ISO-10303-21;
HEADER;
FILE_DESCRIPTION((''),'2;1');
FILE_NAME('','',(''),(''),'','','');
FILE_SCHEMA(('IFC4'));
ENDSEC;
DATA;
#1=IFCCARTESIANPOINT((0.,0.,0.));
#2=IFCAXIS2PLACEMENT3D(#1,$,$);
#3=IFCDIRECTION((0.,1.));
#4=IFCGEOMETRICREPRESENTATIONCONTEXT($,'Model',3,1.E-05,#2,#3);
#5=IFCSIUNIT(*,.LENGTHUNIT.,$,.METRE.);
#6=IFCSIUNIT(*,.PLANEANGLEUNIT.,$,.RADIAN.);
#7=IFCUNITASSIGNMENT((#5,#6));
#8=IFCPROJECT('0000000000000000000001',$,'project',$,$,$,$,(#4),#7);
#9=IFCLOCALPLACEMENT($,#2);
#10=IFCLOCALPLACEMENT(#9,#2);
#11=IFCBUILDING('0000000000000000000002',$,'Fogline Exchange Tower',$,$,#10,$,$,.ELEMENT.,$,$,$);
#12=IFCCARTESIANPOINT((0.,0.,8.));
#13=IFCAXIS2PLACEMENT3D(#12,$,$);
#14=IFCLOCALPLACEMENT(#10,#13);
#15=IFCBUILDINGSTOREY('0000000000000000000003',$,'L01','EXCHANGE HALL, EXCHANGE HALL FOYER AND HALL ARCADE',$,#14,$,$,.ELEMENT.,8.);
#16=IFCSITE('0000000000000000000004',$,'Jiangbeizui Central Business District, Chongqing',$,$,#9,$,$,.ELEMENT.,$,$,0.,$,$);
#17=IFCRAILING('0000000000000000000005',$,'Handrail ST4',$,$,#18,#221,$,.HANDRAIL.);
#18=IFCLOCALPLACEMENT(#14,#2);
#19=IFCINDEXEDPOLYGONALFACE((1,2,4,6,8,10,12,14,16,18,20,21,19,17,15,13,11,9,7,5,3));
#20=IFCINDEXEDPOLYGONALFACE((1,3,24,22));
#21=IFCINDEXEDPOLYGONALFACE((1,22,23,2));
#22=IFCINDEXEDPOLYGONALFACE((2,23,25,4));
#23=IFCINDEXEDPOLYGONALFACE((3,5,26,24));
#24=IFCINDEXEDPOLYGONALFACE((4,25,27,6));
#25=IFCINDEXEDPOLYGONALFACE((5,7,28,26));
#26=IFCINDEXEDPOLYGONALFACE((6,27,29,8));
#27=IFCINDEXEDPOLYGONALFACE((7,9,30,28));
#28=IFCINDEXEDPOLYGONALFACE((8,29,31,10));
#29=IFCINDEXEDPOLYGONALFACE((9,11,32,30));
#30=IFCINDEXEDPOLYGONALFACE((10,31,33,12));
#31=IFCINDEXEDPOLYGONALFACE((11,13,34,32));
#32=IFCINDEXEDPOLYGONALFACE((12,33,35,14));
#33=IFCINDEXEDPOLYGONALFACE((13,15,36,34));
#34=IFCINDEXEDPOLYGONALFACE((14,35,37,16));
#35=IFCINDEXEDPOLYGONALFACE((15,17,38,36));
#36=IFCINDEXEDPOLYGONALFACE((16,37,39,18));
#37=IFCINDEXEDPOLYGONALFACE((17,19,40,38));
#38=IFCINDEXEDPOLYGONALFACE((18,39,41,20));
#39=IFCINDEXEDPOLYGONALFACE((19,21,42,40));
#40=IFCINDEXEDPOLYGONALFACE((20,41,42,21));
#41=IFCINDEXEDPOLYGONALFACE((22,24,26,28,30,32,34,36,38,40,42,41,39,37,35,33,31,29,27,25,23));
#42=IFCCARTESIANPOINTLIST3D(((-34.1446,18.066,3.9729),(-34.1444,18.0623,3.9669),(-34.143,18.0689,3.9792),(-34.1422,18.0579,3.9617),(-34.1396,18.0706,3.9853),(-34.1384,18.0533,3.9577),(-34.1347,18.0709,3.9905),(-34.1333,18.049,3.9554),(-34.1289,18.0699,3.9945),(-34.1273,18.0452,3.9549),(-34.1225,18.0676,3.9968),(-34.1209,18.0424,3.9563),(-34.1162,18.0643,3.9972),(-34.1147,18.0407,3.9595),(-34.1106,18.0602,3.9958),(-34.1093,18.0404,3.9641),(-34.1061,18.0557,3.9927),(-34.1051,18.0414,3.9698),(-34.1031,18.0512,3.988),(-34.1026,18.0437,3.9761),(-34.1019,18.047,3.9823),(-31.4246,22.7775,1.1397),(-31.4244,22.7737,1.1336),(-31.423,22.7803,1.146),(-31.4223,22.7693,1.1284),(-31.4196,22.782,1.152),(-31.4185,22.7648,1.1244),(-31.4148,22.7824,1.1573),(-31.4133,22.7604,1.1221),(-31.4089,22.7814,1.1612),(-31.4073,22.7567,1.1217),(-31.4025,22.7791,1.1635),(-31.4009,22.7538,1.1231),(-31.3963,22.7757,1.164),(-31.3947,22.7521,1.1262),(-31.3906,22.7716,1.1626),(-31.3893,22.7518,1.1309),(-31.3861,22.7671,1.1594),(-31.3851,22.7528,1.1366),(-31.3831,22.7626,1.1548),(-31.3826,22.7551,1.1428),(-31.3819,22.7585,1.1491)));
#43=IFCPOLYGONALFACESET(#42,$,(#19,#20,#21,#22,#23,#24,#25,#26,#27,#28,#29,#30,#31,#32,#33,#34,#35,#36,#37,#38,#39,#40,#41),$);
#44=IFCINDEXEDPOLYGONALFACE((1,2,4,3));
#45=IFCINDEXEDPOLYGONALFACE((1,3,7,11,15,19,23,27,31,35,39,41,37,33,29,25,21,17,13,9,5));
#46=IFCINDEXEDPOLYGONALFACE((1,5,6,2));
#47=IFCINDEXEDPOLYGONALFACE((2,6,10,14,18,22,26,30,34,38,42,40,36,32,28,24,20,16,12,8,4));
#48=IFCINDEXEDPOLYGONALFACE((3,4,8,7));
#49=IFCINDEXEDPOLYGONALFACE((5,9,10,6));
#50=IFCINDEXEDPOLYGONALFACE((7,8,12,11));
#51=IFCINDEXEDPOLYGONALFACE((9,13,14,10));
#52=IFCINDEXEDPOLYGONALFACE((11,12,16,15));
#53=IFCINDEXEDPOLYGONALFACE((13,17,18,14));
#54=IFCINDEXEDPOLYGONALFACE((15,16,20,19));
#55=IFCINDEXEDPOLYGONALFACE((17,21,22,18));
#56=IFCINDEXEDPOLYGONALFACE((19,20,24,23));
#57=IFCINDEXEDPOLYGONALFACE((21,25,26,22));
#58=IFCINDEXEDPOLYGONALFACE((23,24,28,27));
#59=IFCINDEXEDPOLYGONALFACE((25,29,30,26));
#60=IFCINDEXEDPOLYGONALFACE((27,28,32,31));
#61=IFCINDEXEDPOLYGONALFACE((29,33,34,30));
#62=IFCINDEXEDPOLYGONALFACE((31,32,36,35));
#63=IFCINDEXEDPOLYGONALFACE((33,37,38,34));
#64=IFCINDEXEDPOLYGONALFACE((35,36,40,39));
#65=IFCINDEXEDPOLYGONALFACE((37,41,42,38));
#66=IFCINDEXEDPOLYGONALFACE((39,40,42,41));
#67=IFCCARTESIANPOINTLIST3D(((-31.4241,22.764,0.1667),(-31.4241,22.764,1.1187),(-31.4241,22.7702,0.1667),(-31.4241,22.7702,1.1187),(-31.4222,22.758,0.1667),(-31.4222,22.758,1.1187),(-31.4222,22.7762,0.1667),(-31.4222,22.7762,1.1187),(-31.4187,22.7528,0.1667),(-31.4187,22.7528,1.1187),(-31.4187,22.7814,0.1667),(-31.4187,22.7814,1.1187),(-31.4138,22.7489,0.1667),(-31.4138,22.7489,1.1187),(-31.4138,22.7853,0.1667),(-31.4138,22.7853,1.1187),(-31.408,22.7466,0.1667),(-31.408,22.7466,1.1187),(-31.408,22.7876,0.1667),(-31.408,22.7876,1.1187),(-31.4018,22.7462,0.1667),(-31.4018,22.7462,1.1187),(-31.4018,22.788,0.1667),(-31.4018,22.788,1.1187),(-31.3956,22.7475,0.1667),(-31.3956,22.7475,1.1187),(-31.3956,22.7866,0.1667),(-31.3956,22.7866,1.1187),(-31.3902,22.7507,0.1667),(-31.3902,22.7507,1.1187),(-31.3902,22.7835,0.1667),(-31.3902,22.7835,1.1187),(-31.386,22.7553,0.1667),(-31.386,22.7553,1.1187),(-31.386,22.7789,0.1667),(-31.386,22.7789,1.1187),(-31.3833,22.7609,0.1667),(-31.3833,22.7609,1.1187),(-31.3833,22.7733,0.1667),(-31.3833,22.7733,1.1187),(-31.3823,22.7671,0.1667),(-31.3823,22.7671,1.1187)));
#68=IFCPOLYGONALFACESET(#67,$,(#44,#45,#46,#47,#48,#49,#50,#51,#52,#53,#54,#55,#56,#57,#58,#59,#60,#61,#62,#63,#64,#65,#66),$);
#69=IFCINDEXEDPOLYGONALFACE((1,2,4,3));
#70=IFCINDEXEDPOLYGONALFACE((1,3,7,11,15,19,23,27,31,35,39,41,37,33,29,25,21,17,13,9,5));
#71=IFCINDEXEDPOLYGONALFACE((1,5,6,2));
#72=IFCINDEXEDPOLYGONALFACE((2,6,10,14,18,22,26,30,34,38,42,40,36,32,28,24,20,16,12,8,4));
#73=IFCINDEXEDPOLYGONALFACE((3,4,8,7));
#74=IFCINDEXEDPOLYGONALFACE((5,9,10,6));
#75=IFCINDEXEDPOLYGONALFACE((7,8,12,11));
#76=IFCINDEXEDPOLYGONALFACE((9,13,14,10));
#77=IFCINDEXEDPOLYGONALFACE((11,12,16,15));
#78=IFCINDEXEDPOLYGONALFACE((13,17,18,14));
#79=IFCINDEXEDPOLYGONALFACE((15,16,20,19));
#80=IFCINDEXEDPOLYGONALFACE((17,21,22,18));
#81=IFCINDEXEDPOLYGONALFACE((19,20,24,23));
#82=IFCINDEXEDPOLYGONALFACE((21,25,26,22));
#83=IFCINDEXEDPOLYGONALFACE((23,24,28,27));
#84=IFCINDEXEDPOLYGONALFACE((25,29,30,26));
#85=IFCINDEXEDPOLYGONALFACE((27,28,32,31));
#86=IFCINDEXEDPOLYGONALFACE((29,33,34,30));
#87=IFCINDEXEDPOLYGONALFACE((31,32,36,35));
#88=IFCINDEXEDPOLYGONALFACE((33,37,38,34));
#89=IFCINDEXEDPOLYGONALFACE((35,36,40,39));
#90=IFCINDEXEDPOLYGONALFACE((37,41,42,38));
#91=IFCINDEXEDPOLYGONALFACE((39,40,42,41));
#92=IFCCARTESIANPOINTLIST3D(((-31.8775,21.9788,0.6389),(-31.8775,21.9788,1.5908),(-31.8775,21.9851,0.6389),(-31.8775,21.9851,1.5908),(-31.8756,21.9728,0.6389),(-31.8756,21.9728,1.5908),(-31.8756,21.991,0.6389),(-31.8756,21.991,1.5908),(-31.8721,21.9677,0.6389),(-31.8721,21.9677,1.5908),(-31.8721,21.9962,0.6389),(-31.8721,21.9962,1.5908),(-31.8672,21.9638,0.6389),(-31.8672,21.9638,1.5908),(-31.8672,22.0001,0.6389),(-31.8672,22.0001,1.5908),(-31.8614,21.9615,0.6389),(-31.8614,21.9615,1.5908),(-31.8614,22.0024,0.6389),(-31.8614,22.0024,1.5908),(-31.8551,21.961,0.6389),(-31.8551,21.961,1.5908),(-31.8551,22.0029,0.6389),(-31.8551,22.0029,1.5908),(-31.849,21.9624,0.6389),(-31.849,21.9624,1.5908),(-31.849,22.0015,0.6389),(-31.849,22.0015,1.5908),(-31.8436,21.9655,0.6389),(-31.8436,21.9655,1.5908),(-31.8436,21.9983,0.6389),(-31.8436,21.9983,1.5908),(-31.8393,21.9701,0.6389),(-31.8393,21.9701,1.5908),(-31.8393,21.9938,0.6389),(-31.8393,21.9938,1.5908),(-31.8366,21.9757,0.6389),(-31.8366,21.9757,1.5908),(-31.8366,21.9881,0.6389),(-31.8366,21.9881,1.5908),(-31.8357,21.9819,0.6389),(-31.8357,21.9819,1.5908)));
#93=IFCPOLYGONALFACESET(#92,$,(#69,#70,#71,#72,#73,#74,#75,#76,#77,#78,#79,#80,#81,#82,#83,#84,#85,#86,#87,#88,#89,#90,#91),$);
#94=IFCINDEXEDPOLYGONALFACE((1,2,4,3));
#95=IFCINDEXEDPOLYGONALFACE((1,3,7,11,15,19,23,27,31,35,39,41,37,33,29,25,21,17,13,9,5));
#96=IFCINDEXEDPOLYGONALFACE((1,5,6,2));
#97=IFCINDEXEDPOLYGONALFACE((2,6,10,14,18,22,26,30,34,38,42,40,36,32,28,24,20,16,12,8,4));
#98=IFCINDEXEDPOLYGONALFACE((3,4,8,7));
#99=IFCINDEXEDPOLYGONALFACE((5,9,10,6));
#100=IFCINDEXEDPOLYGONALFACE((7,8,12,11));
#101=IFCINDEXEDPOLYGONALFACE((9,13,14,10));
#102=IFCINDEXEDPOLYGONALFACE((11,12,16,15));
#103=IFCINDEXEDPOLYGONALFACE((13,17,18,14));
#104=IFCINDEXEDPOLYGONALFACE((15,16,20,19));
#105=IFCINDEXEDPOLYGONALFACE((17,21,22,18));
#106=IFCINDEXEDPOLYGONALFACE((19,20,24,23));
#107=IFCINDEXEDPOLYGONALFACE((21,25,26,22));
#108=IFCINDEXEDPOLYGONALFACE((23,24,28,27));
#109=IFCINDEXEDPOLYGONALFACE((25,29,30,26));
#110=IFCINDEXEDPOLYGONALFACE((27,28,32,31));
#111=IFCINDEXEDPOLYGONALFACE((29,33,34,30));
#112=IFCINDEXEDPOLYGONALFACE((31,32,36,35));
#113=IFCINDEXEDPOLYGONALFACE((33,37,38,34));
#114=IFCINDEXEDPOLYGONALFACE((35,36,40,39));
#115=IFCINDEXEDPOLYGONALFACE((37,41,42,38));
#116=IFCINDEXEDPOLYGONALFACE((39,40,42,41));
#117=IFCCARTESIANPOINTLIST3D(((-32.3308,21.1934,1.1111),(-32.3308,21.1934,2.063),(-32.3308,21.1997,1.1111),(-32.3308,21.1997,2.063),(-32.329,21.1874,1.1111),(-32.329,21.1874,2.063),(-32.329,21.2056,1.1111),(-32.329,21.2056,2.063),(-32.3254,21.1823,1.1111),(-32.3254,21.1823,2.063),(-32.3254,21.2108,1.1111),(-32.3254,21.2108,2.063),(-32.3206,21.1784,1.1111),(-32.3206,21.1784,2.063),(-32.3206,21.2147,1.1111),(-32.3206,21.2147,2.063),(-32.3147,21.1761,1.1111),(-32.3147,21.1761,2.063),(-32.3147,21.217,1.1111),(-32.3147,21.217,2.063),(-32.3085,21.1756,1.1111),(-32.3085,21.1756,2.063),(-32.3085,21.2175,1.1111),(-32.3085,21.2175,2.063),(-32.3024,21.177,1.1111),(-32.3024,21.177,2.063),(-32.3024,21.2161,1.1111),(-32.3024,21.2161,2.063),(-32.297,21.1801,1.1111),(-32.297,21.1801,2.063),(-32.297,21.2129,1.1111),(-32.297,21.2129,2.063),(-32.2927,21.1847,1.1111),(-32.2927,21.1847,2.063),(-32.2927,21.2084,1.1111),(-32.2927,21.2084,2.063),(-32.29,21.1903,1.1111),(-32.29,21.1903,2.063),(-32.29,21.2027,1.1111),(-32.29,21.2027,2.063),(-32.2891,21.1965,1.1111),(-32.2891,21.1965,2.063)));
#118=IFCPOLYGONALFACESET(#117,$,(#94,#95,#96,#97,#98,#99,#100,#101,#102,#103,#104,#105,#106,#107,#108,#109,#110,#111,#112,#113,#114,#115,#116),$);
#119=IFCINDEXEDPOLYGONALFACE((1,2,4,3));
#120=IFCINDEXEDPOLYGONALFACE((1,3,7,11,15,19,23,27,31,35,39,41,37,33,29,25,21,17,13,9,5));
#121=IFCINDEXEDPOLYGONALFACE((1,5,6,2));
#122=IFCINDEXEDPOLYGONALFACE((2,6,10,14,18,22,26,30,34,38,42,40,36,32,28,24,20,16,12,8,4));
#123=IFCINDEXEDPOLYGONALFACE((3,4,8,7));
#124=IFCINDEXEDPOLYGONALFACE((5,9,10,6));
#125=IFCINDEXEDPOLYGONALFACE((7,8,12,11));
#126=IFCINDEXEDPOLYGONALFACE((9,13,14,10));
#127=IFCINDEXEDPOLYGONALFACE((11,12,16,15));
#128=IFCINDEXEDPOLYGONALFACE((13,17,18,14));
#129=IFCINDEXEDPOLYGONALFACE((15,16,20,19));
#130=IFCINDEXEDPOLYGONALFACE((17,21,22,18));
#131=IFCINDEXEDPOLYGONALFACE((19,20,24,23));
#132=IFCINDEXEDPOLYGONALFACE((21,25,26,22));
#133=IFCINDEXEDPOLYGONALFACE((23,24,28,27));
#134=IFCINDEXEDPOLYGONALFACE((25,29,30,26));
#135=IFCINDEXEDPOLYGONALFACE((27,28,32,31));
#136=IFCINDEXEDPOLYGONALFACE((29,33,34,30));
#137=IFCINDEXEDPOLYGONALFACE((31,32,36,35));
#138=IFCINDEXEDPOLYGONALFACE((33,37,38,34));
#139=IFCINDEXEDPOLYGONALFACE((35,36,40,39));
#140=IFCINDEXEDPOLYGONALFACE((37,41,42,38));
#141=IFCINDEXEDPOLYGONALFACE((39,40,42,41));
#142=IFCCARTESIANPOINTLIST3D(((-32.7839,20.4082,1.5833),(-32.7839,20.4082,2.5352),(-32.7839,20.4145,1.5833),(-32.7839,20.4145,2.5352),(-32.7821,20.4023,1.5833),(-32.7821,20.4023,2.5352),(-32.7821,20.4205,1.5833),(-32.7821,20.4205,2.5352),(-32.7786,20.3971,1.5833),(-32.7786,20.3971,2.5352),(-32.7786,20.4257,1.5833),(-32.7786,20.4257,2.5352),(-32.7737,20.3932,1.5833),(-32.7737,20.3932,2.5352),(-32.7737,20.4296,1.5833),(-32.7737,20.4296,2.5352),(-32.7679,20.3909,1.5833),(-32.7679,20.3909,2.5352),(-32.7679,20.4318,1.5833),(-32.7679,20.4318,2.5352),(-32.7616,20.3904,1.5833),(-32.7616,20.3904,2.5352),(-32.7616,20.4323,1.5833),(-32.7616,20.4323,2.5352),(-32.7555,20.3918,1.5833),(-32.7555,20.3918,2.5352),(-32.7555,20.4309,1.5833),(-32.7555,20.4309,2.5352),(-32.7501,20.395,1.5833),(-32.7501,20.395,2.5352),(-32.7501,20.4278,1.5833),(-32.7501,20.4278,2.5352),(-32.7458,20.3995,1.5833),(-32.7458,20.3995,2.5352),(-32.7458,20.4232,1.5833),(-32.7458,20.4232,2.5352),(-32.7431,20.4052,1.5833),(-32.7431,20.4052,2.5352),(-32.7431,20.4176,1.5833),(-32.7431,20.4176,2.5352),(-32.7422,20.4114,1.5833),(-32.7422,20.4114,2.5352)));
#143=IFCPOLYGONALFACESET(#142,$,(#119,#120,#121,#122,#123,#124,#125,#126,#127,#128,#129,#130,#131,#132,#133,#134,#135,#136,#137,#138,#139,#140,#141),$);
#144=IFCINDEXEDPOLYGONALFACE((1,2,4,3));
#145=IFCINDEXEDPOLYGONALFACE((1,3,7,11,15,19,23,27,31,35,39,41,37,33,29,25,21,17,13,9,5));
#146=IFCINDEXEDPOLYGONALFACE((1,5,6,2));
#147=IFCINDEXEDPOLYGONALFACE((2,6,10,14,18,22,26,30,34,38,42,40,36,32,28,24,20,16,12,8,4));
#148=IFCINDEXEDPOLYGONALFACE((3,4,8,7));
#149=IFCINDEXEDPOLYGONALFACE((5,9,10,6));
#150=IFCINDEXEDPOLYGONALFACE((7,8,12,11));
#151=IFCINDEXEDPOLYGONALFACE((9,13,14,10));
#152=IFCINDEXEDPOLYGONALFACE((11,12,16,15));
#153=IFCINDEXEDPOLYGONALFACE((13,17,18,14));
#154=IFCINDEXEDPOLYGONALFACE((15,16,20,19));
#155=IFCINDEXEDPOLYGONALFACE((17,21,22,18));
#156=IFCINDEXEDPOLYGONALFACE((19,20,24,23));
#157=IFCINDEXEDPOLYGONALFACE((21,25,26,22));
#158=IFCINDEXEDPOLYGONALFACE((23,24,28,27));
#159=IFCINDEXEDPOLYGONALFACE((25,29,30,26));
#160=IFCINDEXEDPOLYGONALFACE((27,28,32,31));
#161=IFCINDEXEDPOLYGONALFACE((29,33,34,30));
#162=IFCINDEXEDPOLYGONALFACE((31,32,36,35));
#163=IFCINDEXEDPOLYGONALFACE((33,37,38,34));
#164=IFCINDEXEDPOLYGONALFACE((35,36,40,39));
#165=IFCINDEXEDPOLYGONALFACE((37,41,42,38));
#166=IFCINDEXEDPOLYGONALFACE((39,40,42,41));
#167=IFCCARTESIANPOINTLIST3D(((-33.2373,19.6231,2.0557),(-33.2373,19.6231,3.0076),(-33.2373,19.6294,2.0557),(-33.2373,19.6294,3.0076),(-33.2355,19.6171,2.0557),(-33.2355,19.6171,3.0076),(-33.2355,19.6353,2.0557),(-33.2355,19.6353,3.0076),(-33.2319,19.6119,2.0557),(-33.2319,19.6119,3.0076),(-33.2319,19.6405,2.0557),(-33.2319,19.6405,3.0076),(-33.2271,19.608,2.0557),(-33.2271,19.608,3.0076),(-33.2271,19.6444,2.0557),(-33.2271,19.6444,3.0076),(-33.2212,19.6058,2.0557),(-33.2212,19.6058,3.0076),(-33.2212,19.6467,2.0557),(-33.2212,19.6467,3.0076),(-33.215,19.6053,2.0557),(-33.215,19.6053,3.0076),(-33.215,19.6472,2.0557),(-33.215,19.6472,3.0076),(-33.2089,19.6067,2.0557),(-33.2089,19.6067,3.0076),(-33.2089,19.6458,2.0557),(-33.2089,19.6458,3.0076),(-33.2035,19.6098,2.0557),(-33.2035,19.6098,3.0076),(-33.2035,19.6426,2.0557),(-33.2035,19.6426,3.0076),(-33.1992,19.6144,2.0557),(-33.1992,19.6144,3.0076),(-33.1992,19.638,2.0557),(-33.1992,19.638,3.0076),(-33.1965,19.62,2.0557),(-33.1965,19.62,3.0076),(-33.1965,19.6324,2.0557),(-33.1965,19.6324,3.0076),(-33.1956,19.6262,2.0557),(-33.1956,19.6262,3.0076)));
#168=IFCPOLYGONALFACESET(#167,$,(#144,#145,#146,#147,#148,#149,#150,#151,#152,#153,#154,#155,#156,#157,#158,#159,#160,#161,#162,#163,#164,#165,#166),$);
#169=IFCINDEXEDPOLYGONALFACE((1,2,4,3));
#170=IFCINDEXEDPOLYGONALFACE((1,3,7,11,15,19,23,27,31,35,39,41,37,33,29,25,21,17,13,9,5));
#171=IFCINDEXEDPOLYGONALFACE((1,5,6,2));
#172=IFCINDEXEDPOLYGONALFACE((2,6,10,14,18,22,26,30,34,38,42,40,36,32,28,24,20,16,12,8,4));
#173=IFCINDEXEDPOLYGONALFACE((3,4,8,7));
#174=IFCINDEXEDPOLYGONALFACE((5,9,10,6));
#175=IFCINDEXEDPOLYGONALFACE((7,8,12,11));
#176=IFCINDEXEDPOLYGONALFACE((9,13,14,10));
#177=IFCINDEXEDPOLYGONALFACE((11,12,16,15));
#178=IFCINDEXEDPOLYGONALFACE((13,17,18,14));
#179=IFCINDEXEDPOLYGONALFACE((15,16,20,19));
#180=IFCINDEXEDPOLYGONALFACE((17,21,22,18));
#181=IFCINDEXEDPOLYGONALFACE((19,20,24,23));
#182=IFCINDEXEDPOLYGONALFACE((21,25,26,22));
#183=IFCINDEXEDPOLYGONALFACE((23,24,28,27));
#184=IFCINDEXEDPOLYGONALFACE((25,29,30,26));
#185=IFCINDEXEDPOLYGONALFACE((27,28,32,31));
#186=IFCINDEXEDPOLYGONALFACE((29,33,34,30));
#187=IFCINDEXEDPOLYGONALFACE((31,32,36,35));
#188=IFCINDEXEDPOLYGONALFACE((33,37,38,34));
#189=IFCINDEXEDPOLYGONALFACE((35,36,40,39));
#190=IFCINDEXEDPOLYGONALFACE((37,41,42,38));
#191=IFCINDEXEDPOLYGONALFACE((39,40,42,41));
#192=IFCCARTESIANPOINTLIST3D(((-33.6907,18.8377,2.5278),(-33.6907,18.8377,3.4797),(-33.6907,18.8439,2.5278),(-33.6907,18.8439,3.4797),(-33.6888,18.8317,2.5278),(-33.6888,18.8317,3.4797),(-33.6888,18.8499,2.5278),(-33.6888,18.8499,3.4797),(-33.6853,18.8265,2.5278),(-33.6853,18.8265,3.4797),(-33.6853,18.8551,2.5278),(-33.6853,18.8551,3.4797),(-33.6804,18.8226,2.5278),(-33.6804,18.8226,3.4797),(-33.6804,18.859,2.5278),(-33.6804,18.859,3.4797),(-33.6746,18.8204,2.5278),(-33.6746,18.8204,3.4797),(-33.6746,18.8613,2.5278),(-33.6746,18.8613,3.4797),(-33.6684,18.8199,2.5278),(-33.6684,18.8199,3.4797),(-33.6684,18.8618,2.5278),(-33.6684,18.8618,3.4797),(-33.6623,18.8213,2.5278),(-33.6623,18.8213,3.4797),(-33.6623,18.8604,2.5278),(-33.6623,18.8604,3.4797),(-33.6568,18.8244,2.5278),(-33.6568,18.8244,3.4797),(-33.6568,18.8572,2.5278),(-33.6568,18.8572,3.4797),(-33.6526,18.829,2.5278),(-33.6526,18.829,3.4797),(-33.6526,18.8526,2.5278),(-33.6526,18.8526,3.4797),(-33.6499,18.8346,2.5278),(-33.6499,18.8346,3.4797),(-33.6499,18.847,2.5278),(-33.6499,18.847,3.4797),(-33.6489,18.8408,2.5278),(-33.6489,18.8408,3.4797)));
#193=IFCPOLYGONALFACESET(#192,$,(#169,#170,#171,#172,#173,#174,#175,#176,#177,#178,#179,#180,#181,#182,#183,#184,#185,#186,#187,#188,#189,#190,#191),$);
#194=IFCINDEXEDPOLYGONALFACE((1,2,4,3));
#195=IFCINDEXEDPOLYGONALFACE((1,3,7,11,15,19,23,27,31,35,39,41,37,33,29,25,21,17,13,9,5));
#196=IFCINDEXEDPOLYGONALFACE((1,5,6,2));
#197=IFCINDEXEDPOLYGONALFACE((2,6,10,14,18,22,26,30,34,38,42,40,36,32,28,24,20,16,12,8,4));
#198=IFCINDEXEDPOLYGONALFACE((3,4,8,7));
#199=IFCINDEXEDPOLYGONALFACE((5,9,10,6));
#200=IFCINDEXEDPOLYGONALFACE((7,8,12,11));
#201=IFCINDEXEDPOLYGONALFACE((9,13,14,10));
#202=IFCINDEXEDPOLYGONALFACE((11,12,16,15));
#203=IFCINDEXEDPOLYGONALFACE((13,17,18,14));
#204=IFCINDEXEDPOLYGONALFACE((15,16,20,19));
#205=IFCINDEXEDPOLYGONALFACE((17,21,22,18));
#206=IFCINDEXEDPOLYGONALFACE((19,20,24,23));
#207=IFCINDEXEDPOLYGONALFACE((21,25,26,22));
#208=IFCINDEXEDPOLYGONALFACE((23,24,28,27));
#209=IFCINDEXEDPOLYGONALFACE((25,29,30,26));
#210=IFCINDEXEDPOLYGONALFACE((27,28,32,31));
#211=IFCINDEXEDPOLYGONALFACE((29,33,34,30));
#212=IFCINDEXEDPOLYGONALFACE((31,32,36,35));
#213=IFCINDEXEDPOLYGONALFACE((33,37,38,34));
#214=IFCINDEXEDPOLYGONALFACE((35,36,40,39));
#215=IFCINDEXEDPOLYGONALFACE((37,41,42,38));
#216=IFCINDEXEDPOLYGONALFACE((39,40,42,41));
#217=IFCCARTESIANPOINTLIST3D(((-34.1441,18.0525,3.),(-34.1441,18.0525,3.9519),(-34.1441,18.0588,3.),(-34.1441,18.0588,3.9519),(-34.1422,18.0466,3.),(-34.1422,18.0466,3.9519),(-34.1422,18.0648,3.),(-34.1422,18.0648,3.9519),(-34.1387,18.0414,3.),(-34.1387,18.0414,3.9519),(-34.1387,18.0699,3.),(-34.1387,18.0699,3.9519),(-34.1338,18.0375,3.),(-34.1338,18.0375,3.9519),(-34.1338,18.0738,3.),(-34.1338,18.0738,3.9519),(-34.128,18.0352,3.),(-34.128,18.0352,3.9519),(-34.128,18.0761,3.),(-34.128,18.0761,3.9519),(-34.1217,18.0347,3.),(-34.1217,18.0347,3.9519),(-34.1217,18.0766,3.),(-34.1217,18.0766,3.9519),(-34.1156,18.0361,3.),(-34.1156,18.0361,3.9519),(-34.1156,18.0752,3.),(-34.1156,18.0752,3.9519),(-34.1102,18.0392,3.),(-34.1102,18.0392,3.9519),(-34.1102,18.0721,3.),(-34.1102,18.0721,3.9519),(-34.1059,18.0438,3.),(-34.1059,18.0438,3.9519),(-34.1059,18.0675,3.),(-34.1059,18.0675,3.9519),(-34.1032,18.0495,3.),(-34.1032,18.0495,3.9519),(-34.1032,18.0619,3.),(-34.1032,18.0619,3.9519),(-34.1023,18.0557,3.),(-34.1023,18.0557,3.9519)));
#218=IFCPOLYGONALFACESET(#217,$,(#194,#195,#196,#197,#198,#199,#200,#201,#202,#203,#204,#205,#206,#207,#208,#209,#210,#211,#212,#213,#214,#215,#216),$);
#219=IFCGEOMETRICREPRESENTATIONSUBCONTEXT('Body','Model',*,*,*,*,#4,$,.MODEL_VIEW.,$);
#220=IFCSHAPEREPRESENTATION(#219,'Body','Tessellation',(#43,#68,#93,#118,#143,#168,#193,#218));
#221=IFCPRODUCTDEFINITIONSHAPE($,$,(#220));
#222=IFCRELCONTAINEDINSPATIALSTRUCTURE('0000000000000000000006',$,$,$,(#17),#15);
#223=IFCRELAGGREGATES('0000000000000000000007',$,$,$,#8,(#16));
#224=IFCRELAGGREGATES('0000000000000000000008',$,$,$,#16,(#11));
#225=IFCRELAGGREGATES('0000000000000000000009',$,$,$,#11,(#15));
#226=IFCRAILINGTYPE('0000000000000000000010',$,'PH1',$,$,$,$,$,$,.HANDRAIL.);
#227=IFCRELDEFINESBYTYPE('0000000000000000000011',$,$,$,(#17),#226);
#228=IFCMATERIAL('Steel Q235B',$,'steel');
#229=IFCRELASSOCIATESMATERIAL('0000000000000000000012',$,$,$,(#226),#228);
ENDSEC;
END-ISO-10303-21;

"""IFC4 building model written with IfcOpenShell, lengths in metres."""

from ifc_helpers import new_model, si_unit, direction, frame, origin, origin_2d, place, context, subcontext, project, spatial, circle, extrude, material, type_object, element, save


model = new_model("IFC4")

# Units and contexts
model_context = context("Model", 3, precision=1e-05, world=origin(), true_north=direction((0.0, 1.0)))
body_context = subcontext(model_context, "Body", "Model", "MODEL_VIEW")
ifc_project = project(units=[si_unit("LENGTHUNIT", "METRE"), si_unit("PLANEANGLEUNIT", "RADIAN")], contexts=[model_context])

# Site, building, storey
site_placement = place(None, origin())
site = spatial("IfcSite", under=ifc_project, at=site_placement, Name="Jiangbeizui Central Business District, Chongqing", CompositionType="ELEMENT", RefElevation=0.0)
building_placement = place(site_placement, origin())
building = spatial("IfcBuilding", under=site, at=building_placement, Name="Fogline Exchange Tower", CompositionType="ELEMENT")
storey_placement = place(building_placement, frame((0.0, 0.0, 8.0)))
storey = spatial("IfcBuildingStorey", under=building, at=storey_placement, Name="L01", Description="EXCHANGE HALL, EXCHANGE HALL FOYER AND HALL ARCADE", CompositionType="ELEMENT", Elevation=8.0)

# Railing
ifc_material_1 = material(Name="Steel Q235B", Category="steel")
railing_type_1 = type_object("IfcRailingType", Name="PH1", PredefinedType="HANDRAIL", material=ifc_material_1)
railing_1_placement = place(storey_placement, frame((-31.4033, 22.7671, 0.1667)))
element("IfcRailing", 1, at=railing_1_placement, inside=storey, type_object=railing_type_1, Name="Handrail ST4", PredefinedType="HANDRAIL", context=body_context, shape_type="SweptSolid", body=[
    extrude(circle(Radius=0.0239, at=origin_2d()), frame((0.0, 0.0, 0.9761), z_axis=(-0.443442, -0.768113, 0.461911), x_axis=(0.866039, -0.499976, 0.0)), (0.0, 0.0, 1.0), 6.1338),
    extrude(circle(Radius=0.021, at=origin_2d()), origin(), (0.0, 0.0, 1.0), 0.9519),
    extrude(circle(Radius=0.021, at=origin_2d()), frame((-0.4534, -0.7852, 0.4722)), (0.0, 0.0, 1.0), 0.9519),
    extrude(circle(Radius=0.021, at=origin_2d()), frame((-0.9067, -1.5706, 0.9443)), (0.0, 0.0, 1.0), 0.9519),
    extrude(circle(Radius=0.021, at=origin_2d()), frame((-1.3599, -2.3557, 1.4165)), (0.0, 0.0, 1.0), 0.9519),
    extrude(circle(Radius=0.021, at=origin_2d()), frame((-1.8132, -3.1409, 1.8889)), (0.0, 0.0, 1.0), 0.9519),
    extrude(circle(Radius=0.021, at=origin_2d()), frame((-2.2666, -3.9263, 2.3611)), (0.0, 0.0, 1.0), 0.9519),
    extrude(circle(Radius=0.021, at=origin_2d()), frame((-2.72, -4.7114, 2.8333)), (0.0, 0.0, 1.0), 0.9519),
])

save(model, "model.ifc")
